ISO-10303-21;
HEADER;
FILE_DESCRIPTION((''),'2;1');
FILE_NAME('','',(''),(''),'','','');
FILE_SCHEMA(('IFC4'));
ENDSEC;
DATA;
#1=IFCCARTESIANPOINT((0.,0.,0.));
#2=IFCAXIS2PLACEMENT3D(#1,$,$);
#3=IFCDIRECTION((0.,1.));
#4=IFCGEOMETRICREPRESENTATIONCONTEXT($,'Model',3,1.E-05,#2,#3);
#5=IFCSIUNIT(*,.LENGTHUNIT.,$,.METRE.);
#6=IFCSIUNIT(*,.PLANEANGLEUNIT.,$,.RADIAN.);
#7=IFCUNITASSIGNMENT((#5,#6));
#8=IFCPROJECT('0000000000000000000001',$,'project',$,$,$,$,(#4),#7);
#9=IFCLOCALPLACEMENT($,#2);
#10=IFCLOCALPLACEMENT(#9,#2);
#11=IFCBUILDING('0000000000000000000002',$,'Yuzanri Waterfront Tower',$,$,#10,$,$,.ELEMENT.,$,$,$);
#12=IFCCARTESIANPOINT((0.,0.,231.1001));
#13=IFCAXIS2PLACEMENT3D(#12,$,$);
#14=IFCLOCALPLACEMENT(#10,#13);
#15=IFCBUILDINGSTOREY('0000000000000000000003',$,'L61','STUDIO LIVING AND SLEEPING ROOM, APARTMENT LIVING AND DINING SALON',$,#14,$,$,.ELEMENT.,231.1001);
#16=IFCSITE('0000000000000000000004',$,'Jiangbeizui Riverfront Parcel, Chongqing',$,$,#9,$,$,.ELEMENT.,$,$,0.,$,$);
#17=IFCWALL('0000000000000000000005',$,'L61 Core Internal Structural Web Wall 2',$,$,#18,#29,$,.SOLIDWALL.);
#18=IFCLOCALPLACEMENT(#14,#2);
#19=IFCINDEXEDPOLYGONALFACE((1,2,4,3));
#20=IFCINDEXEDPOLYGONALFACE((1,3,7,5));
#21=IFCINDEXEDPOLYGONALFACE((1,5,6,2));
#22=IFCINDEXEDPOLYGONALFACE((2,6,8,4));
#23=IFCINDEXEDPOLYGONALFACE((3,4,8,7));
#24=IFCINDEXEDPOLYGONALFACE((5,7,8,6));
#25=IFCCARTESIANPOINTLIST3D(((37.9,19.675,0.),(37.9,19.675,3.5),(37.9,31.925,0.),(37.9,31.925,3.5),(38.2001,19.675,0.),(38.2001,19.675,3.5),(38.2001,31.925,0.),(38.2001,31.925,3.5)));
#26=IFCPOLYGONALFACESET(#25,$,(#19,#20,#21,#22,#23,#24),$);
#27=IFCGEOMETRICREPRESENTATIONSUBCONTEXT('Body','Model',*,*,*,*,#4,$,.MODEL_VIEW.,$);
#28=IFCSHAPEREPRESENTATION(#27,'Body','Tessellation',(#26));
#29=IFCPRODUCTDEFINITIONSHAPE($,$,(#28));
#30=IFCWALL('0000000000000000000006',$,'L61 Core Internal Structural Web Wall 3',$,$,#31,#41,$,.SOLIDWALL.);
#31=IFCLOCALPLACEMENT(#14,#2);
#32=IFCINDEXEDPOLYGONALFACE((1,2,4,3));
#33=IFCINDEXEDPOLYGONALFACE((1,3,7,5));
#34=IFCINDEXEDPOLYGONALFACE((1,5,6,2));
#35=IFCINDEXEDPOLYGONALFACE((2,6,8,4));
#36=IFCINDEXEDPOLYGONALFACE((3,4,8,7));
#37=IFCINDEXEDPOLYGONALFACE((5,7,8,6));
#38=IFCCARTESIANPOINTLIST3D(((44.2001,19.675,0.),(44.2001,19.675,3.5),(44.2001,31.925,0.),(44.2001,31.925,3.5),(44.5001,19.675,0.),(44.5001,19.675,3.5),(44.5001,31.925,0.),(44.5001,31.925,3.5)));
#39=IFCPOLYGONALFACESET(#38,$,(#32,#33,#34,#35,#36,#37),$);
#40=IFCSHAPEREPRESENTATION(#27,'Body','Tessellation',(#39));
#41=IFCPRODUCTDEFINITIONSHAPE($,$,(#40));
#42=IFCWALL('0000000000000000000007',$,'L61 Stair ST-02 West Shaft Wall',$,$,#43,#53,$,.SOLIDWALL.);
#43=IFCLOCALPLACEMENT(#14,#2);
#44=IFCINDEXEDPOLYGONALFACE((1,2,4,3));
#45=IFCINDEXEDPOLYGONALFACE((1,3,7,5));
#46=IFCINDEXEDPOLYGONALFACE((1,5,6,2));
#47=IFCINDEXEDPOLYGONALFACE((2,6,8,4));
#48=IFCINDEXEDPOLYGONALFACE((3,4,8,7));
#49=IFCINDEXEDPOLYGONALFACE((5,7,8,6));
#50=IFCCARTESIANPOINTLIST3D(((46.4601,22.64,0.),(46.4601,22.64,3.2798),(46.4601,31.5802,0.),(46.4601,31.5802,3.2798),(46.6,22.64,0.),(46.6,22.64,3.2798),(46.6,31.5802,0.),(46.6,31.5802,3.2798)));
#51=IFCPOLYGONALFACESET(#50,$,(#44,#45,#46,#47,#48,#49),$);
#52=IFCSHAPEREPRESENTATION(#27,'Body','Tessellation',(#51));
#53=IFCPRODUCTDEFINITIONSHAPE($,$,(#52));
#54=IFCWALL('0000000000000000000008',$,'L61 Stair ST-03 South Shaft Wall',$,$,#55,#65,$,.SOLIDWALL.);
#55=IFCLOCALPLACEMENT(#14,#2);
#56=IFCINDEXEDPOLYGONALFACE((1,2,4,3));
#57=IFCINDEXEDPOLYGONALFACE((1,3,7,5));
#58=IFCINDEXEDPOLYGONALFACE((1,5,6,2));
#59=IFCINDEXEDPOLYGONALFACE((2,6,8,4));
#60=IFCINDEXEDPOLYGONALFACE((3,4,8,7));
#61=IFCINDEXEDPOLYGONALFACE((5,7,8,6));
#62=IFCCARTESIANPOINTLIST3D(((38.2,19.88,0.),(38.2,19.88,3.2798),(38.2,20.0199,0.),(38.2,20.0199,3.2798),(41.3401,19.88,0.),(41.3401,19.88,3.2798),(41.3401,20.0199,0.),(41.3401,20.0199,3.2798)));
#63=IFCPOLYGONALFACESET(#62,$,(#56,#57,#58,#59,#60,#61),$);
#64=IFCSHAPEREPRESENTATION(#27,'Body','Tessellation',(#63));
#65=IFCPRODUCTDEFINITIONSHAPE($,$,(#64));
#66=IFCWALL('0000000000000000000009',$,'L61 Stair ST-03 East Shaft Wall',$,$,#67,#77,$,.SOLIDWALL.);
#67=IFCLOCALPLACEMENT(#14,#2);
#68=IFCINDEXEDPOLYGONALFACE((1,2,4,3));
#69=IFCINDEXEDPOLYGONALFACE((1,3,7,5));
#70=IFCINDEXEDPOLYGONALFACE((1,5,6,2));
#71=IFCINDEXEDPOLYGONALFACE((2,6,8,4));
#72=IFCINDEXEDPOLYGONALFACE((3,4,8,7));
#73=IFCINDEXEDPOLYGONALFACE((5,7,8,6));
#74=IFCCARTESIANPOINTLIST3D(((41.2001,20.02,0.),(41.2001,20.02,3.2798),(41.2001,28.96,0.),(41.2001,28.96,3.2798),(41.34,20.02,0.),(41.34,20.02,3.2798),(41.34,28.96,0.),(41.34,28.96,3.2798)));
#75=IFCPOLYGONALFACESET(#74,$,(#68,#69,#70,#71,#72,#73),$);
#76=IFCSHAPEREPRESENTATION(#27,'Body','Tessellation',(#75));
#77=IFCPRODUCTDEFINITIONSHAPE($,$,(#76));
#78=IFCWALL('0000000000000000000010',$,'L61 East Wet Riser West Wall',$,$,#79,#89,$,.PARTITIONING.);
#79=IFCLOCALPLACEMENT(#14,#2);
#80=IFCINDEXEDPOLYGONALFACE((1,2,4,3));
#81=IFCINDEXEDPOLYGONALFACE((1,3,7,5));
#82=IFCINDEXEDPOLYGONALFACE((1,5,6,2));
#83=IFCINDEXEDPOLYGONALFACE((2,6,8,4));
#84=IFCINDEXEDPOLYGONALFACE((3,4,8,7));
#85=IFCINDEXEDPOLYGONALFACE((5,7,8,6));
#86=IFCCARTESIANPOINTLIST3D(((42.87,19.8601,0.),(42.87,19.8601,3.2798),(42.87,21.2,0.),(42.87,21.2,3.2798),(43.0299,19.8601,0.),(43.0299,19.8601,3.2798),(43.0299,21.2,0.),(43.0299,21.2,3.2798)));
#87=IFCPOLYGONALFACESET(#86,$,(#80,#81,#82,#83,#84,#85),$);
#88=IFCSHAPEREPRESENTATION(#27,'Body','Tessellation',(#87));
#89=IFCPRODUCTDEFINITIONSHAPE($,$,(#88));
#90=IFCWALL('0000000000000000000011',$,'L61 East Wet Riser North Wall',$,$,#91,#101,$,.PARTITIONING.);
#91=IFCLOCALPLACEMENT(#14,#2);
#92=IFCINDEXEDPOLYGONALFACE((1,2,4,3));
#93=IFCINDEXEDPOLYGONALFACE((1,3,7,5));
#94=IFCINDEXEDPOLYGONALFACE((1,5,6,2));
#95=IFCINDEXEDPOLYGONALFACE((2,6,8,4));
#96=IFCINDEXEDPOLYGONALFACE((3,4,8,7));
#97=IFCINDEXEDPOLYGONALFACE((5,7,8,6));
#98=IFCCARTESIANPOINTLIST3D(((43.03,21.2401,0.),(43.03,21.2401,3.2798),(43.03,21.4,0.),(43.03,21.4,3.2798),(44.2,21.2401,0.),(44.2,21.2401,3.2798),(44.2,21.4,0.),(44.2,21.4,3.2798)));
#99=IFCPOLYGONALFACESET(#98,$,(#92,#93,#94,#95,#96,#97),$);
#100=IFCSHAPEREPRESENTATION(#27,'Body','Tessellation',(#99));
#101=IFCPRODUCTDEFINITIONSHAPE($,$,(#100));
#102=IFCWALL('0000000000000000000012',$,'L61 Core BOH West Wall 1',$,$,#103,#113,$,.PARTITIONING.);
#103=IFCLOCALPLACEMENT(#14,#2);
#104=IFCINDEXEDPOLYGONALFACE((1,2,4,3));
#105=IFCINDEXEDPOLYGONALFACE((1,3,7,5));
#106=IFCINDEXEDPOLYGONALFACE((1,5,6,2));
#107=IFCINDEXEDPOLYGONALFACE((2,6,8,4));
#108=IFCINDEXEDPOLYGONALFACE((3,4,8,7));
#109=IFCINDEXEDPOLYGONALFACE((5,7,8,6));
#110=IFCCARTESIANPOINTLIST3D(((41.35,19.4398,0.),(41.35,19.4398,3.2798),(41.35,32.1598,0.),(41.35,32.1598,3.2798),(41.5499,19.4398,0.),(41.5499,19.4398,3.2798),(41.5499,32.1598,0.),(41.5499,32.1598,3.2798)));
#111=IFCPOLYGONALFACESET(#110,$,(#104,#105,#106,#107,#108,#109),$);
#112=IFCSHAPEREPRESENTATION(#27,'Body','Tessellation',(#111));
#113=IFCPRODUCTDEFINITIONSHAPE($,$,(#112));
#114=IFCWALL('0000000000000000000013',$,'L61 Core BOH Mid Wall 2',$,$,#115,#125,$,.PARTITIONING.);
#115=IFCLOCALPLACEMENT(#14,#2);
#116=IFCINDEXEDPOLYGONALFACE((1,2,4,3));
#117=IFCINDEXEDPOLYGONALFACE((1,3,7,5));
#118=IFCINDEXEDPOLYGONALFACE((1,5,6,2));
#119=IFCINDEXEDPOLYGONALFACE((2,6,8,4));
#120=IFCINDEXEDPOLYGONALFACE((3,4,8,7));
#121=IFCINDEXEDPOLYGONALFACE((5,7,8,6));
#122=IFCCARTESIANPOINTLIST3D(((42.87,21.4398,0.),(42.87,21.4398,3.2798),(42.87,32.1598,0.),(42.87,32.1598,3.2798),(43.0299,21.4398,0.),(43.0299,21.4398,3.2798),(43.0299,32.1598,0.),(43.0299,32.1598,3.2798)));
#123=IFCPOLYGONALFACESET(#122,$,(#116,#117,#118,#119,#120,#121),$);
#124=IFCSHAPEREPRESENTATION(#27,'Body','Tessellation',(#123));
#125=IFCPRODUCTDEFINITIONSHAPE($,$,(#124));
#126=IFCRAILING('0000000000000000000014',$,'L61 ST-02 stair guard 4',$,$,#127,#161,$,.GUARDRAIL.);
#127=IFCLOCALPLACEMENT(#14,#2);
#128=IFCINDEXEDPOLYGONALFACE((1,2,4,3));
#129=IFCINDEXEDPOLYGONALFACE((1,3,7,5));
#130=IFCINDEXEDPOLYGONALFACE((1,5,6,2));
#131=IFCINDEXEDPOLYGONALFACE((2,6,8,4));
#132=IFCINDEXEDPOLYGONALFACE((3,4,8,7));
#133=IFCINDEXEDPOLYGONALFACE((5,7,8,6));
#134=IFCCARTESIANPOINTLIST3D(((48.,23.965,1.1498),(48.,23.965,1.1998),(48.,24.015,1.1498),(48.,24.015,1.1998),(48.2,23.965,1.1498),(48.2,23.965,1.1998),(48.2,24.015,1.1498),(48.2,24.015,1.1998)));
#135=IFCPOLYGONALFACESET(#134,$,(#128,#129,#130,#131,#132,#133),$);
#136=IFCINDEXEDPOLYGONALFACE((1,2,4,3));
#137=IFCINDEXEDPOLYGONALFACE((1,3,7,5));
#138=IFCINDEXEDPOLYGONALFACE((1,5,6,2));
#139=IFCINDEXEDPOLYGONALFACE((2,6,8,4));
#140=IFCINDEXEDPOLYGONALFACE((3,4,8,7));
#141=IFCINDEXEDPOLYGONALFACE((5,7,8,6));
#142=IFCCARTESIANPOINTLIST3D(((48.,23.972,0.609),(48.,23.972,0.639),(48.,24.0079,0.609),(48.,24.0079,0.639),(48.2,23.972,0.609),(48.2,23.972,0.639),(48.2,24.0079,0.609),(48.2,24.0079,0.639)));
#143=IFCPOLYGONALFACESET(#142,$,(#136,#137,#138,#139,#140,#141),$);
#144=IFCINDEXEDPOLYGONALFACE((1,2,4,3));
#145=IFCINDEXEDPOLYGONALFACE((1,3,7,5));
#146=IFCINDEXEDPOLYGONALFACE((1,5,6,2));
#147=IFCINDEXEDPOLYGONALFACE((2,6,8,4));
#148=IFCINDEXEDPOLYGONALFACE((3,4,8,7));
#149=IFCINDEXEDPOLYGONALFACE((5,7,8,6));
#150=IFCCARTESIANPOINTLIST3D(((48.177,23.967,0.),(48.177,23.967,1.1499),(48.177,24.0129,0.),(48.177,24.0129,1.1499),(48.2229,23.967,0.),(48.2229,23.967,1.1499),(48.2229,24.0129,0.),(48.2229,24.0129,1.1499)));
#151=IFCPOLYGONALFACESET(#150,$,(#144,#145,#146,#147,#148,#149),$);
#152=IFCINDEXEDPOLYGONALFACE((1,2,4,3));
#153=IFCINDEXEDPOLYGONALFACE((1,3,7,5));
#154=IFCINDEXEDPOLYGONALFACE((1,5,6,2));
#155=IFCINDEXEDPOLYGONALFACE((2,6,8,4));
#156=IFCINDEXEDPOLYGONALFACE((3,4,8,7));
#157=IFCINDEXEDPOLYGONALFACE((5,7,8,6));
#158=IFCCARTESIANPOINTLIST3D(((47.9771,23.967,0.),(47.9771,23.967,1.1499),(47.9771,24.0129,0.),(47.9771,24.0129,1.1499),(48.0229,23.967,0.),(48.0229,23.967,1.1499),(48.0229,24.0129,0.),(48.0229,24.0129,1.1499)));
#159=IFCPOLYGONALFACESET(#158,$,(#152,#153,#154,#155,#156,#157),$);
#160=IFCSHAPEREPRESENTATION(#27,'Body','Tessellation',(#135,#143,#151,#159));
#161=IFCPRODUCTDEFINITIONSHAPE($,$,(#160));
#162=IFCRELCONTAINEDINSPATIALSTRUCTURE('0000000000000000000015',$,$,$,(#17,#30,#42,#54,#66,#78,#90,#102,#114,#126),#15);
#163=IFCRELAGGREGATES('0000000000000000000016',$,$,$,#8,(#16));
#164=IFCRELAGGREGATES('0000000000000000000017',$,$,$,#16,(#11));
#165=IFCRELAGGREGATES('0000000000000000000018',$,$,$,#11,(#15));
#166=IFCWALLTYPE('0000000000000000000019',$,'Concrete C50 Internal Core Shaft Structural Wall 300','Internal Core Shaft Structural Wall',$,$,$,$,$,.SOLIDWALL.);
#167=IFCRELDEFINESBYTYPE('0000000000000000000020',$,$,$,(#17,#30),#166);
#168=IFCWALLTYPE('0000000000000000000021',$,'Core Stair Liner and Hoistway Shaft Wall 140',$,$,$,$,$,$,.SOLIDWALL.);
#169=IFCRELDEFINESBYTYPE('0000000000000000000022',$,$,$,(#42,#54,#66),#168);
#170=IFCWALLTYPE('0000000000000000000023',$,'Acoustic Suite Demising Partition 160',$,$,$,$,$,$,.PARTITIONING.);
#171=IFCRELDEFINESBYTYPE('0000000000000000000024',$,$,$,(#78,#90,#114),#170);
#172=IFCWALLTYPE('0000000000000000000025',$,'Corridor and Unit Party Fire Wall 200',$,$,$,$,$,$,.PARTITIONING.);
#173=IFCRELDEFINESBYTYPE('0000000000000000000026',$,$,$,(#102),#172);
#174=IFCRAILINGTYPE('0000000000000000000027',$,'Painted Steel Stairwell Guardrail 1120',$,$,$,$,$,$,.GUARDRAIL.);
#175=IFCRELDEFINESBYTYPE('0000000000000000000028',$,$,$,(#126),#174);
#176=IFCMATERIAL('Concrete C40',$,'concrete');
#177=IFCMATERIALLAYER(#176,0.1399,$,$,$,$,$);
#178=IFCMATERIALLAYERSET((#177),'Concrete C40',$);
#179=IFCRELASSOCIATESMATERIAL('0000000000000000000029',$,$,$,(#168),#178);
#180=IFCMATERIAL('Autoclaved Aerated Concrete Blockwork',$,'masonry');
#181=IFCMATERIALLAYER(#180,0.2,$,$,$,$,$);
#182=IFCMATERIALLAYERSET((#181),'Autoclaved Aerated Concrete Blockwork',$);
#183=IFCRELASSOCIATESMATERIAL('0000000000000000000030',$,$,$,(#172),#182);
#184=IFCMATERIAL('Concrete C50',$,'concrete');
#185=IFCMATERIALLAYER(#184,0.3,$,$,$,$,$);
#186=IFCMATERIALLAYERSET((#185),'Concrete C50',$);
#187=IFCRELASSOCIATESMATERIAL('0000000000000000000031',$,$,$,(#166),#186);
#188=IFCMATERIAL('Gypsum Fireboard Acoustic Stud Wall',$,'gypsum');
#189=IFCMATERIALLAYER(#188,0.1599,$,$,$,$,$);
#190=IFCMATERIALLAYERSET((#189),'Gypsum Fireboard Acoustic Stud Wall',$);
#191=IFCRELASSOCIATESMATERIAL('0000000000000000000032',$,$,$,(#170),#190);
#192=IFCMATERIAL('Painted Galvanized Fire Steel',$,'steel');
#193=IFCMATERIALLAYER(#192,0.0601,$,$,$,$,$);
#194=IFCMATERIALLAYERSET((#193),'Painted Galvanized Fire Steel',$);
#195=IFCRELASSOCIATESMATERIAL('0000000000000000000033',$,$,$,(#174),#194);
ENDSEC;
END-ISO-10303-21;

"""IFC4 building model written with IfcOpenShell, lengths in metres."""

from ifc_helpers import new_model, si_unit, direction, frame, frame_2d, origin, origin_2d, place, context, subcontext, project, spatial, rectangle, extrude, source, transform, mapped, material, layer, layer_set, type_object, element, save


model = new_model("IFC4")

# Units and contexts
model_context = context("Model", 3, precision=1e-05, world=origin(), true_north=direction((0.0, 1.0)))
body_context = subcontext(model_context, "Body", "Model", "MODEL_VIEW")
ifc_project = project(units=[si_unit("LENGTHUNIT", "METRE"), si_unit("PLANEANGLEUNIT", "RADIAN")], contexts=[model_context])

# Site, building, storey
site_placement = place(None, origin())
site = spatial("IfcSite", under=ifc_project, at=site_placement, Name="Jiangbeizui Riverfront Parcel, Chongqing", CompositionType="ELEMENT", RefElevation=0.0)
building_placement = place(site_placement, origin())
building = spatial("IfcBuilding", under=site, at=building_placement, Name="Yuzanri Waterfront Tower", CompositionType="ELEMENT")
storey_placement = place(building_placement, frame((0.0, 0.0, 231.1001)))
storey = spatial("IfcBuildingStorey", under=building, at=storey_placement, Name="L61", Description="STUDIO LIVING AND SLEEPING ROOM, APARTMENT LIVING AND DINING SALON", CompositionType="ELEMENT", Elevation=231.1001)

# Shared definitions
ifc_material_1 = material(Name="Concrete C40", Category="concrete")
ifc_layer_1 = layer(ifc_material_1, 0.1399)
ifc_layer_set_1 = layer_set([ifc_layer_1], Name="Concrete C40")
wall_type_1 = type_object("IfcWallType", Name="Core Stair Liner and Hoistway Shaft Wall 140", PredefinedType="SOLIDWALL", material=ifc_layer_set_1)
ifc_material_2 = material(Name="Autoclaved Aerated Concrete Blockwork", Category="masonry")
ifc_layer_2 = layer(ifc_material_2, 0.2)
ifc_layer_set_2 = layer_set([ifc_layer_2], Name="Autoclaved Aerated Concrete Blockwork")
wall_type_2 = type_object("IfcWallType", Name="Corridor and Unit Party Fire Wall 200", PredefinedType="PARTITIONING", material=ifc_layer_set_2)

# Walls
ifc_material_3 = material(Name="Concrete C50", Category="concrete")
ifc_layer_3 = layer(ifc_material_3, 0.3)
ifc_layer_set_3 = layer_set([ifc_layer_3], Name="Concrete C50")
wall_type_3 = type_object("IfcWallType", Name="Concrete C50 Internal Core Shaft Structural Wall 300", Description="Internal Core Shaft Structural Wall", PredefinedType="SOLIDWALL", material=ifc_layer_set_3)
shared_shape_1 = source(origin(), body_context, "Body", "SweptSolid", [
    extrude(rectangle(XDim=12.25, YDim=0.3, at=frame_2d((6.125, 0.0))), origin(), (0.0, 0.0, 1.0), 3.5),
])
for number, where, z_axis, x_axis, name in (
    (1, (38.05, 19.675, 0.0), (0.0, 0.0, 1.0), (0.0, 1.0, 0.0), "L61 Core Internal Structural Web Wall 2"),
    (2, (44.3501, 19.675, 0.0), (0.0, 0.0, 1.0), (0.0, 1.0, 0.0), "L61 Core Internal Structural Web Wall 3"),
):
    element("IfcWall", number, at=place(storey_placement, frame(where, z_axis=z_axis, x_axis=x_axis)), inside=storey, type_object=wall_type_3, Name=name, PredefinedType="SOLIDWALL", context=body_context, shape_type="MappedRepresentation", body=[
        mapped(shared_shape_1, transform((0.0, 0.0, 0.0), scale=1.0)),
    ])
shared_shape_2 = source(origin(), body_context, "Body", "SweptSolid", [
    extrude(rectangle(XDim=8.9402, YDim=0.1399, at=frame_2d((4.4702, 0.0))), origin(), (0.0, 0.0, 1.0), 3.2798),
])
wall_1_placement = place(storey_placement, frame((46.53, 22.6399, 0.0), z_axis=(0.0, 0.0, 1.0), x_axis=(0.0, 1.0, 0.0)))
element("IfcWall", 3, at=wall_1_placement, inside=storey, type_object=wall_type_1, Name="L61 Stair ST-02 West Shaft Wall", PredefinedType="SOLIDWALL", context=body_context, shape_type="MappedRepresentation", body=[
    mapped(shared_shape_2, transform((0.0, 0.0, 0.0), scale=1.0)),
])
shared_shape_3 = source(origin(), body_context, "Body", "SweptSolid", [
    extrude(rectangle(XDim=3.1401, YDim=0.1399, at=frame_2d((1.5701, 0.0))), origin(), (0.0, 0.0, 1.0), 3.2798),
])
wall_2_placement = place(storey_placement, frame((38.2, 19.95, 0.0), z_axis=(0.0, 0.0, 1.0), x_axis=(1.0, 0.0, 0.0)))
element("IfcWall", 4, at=wall_2_placement, inside=storey, type_object=wall_type_1, Name="L61 Stair ST-03 South Shaft Wall", PredefinedType="SOLIDWALL", context=body_context, shape_type="MappedRepresentation", body=[
    mapped(shared_shape_3, transform((0.0, 0.0, 0.0), scale=1.0)),
])
shared_shape_4 = source(origin(), body_context, "Body", "SweptSolid", [
    extrude(rectangle(XDim=8.9399, YDim=0.1399, at=frame_2d((4.47, 0.0))), origin(), (0.0, 0.0, 1.0), 3.2798),
])
wall_3_placement = place(storey_placement, frame((41.27, 20.02, 0.0), z_axis=(0.0, 0.0, 1.0), x_axis=(0.0, 1.0, 0.0)))
element("IfcWall", 5, at=wall_3_placement, inside=storey, type_object=wall_type_1, Name="L61 Stair ST-03 East Shaft Wall", PredefinedType="SOLIDWALL", context=body_context, shape_type="MappedRepresentation", body=[
    mapped(shared_shape_4, transform((0.0, 0.0, 0.0), scale=1.0)),
])
ifc_material_4 = material(Name="Gypsum Fireboard Acoustic Stud Wall", Category="gypsum")
ifc_layer_4 = layer(ifc_material_4, 0.1599)
ifc_layer_set_4 = layer_set([ifc_layer_4], Name="Gypsum Fireboard Acoustic Stud Wall")
wall_type_4 = type_object("IfcWallType", Name="Acoustic Suite Demising Partition 160", PredefinedType="PARTITIONING", material=ifc_layer_set_4)
shared_shape_5 = source(origin(), body_context, "Body", "SweptSolid", [
    extrude(rectangle(XDim=1.3398, YDim=0.1599, at=frame_2d((0.6699, 0.0))), origin(), (0.0, 0.0, 1.0), 3.2798),
])
wall_4_placement = place(storey_placement, frame((42.95, 19.8601, 0.0), z_axis=(0.0, 0.0, 1.0), x_axis=(0.0, 1.0, 0.0)))
element("IfcWall", 6, at=wall_4_placement, inside=storey, type_object=wall_type_4, Name="L61 East Wet Riser West Wall", PredefinedType="PARTITIONING", context=body_context, shape_type="MappedRepresentation", body=[
    mapped(shared_shape_5, transform((0.0, 0.0, 0.0), scale=1.0)),
])
shared_shape_6 = source(origin(), body_context, "Body", "SweptSolid", [
    extrude(rectangle(XDim=1.1699, YDim=0.1599, at=frame_2d((0.585, 0.0))), origin(), (0.0, 0.0, 1.0), 3.2798),
])
wall_5_placement = place(storey_placement, frame((43.03, 21.3201, 0.0), z_axis=(0.0, 0.0, 1.0), x_axis=(1.0, 0.0, 0.0)))
element("IfcWall", 7, at=wall_5_placement, inside=storey, type_object=wall_type_4, Name="L61 East Wet Riser North Wall", PredefinedType="PARTITIONING", context=body_context, shape_type="MappedRepresentation", body=[
    mapped(shared_shape_6, transform((0.0, 0.0, 0.0), scale=1.0)),
])
shared_shape_7 = source(origin(), body_context, "Body", "SweptSolid", [
    extrude(rectangle(XDim=12.72, YDim=0.2, at=frame_2d((6.3599, 0.0))), origin(), (0.0, 0.0, 1.0), 3.2798),
])
wall_6_placement = place(storey_placement, frame((41.45, 19.4399, 0.0), z_axis=(0.0, 0.0, 1.0), x_axis=(0.0, 1.0, 0.0)))
element("IfcWall", 8, at=wall_6_placement, inside=storey, type_object=wall_type_2, Name="L61 Core BOH West Wall 1", PredefinedType="PARTITIONING", context=body_context, shape_type="MappedRepresentation", body=[
    mapped(shared_shape_7, transform((0.0, 0.0, 0.0), scale=1.0)),
])
shared_shape_8 = source(origin(), body_context, "Body", "SweptSolid", [
    extrude(rectangle(XDim=10.72, YDim=0.1599, at=frame_2d((5.3599, 0.0))), origin(), (0.0, 0.0, 1.0), 3.2798),
])
wall_7_placement = place(storey_placement, frame((42.95, 21.4399, 0.0), z_axis=(0.0, 0.0, 1.0), x_axis=(0.0, 1.0, 0.0)))
element("IfcWall", 9, at=wall_7_placement, inside=storey, type_object=wall_type_4, Name="L61 Core BOH Mid Wall 2", PredefinedType="PARTITIONING", context=body_context, shape_type="MappedRepresentation", body=[
    mapped(shared_shape_8, transform((0.0, 0.0, 0.0), scale=1.0)),
])

# Railing
ifc_material_5 = material(Name="Painted Galvanized Fire Steel", Category="steel")
ifc_layer_5 = layer(ifc_material_5, 0.0601)
ifc_layer_set_5 = layer_set([ifc_layer_5], Name="Painted Galvanized Fire Steel")
railing_type = type_object("IfcRailingType", Name="Painted Steel Stairwell Guardrail 1120", PredefinedType="GUARDRAIL", material=ifc_layer_set_5)
shared_shape_9 = source(origin(), body_context, "Body", "SweptSolid", [
    extrude(rectangle(XDim=0.05, YDim=0.05, at=origin_2d()), frame((0.0, 0.0, 1.1748), z_axis=(-1.0, 0.0, 0.0), x_axis=(0.0, -1.0, 0.0)), (0.0, 0.0, 1.0), 0.2),
    extrude(rectangle(XDim=0.0359, YDim=0.03, at=origin_2d()), frame((0.0, 0.0, 0.624), z_axis=(-1.0, 0.0, 0.0), x_axis=(0.0, -1.0, 0.0)), (0.0, 0.0, 1.0), 0.2),
    extrude(rectangle(XDim=0.0459, YDim=0.0459, at=origin_2d()), origin(), (0.0, 0.0, 1.0), 1.1499),
    extrude(rectangle(XDim=0.0459, YDim=0.0459, at=origin_2d()), frame((-0.2, 0.0, 0.0)), (0.0, 0.0, 1.0), 1.1499),
])
railing_1_placement = place(storey_placement, frame((48.2, 23.99, 0.0)))
element("IfcRailing", 10, at=railing_1_placement, inside=storey, type_object=railing_type, Name="L61 ST-02 stair guard 4", PredefinedType="GUARDRAIL", context=body_context, shape_type="MappedRepresentation", body=[
    mapped(shared_shape_9, transform((0.0, 0.0, 0.0), scale=1.0)),
])

save(model, "model.ifc")
